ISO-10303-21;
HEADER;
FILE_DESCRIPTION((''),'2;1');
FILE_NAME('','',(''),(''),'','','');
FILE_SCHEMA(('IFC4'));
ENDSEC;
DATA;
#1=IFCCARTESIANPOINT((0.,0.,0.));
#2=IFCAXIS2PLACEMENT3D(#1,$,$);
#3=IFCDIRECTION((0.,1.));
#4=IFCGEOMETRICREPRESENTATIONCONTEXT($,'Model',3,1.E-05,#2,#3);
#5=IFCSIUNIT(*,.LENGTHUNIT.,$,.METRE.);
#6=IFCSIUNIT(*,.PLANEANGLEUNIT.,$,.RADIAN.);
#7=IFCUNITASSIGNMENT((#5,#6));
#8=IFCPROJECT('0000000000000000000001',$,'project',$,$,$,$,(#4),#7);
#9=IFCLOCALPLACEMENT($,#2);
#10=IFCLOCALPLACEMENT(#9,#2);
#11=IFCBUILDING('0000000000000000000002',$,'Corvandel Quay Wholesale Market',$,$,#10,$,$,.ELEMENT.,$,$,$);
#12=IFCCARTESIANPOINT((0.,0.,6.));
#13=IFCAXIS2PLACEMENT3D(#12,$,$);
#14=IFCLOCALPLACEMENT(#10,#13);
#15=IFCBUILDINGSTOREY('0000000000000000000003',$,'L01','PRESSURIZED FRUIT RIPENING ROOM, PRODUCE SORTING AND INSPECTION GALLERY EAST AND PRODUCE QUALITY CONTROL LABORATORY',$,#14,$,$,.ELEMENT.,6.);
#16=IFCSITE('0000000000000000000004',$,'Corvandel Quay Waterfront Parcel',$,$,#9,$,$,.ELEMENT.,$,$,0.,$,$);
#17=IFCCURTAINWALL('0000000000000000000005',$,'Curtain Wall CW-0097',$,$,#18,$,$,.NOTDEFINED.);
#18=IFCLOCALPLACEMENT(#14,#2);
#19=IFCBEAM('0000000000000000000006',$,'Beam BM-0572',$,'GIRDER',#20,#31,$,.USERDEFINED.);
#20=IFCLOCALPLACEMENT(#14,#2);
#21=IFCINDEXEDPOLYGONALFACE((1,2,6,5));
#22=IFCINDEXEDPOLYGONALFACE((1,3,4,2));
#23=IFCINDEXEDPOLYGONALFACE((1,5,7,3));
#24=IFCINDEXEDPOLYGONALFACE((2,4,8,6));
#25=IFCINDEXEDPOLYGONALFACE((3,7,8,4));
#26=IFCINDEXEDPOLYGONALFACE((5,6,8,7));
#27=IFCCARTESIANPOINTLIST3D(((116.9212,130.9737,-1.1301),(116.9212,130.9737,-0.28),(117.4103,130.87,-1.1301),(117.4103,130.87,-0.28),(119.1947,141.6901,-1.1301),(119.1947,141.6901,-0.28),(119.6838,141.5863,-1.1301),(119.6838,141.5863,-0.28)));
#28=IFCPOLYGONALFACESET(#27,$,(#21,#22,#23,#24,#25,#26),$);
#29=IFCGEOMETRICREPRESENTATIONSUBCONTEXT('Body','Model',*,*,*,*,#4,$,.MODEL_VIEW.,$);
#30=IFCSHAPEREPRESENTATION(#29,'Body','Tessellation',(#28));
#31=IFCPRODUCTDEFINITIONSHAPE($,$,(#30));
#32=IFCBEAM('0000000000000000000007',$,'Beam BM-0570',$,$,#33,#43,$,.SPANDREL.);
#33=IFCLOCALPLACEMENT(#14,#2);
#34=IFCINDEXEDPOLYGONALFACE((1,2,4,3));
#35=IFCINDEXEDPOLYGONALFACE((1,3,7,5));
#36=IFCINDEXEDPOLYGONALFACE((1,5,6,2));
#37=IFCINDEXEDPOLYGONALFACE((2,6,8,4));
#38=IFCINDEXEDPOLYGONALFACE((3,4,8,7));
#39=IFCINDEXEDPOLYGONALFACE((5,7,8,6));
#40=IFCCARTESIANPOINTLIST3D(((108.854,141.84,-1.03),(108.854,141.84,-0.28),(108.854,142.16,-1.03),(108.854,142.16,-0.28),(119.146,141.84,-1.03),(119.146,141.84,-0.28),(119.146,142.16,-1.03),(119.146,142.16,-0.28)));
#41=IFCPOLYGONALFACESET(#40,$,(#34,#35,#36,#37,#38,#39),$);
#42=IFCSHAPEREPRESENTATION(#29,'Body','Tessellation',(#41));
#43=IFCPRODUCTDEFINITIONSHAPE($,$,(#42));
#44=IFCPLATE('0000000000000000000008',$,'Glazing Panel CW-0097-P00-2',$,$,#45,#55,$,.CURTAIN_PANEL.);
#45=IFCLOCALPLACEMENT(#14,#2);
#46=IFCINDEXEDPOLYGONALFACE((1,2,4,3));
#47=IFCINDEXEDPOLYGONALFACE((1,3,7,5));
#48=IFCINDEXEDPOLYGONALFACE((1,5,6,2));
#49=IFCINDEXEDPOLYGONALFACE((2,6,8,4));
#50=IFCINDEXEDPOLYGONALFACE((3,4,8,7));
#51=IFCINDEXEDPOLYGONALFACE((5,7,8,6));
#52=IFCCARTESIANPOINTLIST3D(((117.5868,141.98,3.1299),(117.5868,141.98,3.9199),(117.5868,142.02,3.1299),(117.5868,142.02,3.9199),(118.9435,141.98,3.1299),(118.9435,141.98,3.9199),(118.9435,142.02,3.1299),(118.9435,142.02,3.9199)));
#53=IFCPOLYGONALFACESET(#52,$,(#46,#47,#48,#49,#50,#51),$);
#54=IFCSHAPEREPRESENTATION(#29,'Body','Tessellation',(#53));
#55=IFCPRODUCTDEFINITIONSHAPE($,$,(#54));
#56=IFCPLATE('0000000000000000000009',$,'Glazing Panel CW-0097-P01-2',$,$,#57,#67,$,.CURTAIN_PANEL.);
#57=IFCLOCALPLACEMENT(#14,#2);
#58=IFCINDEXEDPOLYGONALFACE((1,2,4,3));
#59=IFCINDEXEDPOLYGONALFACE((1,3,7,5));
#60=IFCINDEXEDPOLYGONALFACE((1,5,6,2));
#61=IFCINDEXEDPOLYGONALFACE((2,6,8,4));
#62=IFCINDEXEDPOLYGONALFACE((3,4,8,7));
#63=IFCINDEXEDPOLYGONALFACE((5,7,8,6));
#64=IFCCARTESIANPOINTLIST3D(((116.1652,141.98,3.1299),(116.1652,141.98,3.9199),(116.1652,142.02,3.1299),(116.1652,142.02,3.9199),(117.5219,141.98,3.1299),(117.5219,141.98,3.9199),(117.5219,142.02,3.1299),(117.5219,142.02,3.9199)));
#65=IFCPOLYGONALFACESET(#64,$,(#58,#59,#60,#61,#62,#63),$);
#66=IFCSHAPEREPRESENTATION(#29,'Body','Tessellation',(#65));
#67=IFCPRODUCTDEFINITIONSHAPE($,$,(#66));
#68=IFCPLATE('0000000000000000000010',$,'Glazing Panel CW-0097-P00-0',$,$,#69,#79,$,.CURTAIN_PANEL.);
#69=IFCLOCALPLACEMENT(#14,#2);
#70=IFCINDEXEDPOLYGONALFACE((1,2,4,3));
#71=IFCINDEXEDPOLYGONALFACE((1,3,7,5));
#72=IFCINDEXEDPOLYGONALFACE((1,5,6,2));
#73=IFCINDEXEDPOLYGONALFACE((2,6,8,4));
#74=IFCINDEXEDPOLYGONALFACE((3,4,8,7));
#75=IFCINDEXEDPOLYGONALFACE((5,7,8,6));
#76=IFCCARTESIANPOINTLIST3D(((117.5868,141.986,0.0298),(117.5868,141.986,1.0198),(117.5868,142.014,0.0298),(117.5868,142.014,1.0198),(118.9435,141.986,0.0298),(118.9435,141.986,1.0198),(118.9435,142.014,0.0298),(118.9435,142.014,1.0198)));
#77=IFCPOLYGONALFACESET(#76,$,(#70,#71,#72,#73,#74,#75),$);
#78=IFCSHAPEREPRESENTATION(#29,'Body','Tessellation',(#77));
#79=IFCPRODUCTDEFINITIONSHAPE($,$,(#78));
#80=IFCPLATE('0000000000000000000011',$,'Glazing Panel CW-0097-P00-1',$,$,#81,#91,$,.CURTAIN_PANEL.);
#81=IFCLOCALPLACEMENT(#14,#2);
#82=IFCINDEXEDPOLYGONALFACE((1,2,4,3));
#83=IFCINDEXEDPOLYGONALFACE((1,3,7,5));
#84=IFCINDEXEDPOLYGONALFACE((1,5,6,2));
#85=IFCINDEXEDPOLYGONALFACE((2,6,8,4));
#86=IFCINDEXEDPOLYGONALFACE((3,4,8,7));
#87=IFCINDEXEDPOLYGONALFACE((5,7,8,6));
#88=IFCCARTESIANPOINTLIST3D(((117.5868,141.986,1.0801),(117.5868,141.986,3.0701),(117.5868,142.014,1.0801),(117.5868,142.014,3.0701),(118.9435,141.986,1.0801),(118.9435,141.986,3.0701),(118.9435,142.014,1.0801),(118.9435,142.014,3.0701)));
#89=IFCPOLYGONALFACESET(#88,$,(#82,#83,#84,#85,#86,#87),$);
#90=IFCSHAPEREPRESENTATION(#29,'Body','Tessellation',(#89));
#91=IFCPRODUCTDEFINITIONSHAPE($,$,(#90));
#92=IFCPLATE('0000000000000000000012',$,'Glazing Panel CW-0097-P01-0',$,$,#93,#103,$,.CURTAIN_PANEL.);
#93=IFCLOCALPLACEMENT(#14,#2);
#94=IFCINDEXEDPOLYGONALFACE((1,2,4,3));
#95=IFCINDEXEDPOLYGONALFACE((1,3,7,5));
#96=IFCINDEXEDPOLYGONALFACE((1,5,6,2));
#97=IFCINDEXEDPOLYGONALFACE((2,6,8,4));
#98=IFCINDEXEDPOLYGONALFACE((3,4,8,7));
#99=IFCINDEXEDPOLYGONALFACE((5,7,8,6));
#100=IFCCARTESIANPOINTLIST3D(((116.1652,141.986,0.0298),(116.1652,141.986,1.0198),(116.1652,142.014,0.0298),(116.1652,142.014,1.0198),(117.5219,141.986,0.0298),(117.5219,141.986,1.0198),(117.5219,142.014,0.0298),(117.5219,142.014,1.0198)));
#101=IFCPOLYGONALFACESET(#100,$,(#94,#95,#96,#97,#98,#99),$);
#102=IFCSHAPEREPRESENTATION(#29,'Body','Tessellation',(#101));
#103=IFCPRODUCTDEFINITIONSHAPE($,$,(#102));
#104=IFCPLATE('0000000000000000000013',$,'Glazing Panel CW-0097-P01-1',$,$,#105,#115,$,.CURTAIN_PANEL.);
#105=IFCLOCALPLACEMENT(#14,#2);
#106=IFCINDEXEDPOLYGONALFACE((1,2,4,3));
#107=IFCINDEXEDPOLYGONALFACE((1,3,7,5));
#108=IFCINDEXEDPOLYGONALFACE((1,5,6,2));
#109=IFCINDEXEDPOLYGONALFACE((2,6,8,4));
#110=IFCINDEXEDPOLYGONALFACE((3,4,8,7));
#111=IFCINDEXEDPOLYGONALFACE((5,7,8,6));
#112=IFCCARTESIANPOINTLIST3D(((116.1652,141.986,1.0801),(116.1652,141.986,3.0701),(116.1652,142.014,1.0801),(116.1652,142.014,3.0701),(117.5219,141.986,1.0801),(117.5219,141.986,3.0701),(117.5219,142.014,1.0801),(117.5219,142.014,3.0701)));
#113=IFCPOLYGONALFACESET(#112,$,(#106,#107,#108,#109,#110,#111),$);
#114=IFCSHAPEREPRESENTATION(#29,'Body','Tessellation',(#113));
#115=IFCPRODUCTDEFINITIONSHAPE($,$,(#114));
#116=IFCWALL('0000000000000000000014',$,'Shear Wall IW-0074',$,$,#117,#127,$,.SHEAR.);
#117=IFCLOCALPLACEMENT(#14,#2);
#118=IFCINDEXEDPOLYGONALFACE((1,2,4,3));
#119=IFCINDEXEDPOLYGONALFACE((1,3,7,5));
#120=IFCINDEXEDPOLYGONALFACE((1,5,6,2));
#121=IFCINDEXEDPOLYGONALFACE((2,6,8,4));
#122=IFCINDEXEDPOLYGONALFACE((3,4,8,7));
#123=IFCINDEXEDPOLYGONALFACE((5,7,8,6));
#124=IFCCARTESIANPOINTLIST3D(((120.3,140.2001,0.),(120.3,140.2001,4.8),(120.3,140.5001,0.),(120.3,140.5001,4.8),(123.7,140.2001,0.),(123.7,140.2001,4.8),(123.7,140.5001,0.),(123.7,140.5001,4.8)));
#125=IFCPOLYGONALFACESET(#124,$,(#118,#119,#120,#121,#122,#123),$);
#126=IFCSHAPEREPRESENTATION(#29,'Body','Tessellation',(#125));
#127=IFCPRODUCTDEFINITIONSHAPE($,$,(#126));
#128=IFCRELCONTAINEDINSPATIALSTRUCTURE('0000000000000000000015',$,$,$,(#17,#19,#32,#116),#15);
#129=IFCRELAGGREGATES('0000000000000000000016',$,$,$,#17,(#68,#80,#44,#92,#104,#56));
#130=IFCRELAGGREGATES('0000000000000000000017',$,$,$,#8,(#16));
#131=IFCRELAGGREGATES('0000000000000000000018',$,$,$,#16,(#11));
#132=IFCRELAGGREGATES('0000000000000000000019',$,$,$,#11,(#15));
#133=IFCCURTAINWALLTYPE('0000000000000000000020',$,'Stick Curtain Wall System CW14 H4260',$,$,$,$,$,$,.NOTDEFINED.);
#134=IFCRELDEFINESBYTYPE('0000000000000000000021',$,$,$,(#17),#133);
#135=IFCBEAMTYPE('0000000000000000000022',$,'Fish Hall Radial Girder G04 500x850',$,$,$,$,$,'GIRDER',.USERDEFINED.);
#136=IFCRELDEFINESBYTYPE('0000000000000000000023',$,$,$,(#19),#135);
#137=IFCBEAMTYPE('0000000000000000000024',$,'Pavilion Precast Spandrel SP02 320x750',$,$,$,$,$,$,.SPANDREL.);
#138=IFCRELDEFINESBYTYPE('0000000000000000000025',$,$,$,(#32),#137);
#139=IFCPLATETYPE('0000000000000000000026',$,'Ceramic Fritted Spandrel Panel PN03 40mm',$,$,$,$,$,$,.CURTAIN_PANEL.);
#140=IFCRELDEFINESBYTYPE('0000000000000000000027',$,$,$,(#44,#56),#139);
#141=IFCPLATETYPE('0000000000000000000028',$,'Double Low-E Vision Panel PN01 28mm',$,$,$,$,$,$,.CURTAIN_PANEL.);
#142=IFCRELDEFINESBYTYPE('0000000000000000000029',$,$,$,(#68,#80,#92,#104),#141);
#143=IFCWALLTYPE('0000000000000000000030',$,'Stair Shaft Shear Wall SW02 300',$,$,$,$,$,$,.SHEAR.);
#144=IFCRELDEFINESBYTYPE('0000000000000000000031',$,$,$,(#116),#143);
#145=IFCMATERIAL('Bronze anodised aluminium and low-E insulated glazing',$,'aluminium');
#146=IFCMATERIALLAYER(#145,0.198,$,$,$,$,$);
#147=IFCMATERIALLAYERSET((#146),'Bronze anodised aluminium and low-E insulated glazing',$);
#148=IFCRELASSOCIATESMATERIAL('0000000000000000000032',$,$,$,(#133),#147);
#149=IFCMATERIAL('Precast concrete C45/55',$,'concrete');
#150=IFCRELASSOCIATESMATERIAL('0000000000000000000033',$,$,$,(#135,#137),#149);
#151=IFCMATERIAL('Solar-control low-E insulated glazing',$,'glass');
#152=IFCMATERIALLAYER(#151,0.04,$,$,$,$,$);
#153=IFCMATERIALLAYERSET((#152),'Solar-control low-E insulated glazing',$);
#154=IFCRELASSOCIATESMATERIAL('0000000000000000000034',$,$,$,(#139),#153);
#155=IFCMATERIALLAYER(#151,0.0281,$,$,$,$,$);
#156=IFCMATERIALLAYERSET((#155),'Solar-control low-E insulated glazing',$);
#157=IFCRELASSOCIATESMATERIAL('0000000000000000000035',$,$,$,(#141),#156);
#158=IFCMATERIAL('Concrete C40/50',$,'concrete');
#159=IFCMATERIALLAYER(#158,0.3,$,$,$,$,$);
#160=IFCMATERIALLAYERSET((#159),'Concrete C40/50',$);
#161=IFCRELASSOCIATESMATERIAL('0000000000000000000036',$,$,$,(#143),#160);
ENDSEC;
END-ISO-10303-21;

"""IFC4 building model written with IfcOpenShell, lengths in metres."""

from ifc_helpers import new_model, si_unit, direction, frame, frame_2d, origin, origin_2d, place, context, subcontext, project, spatial, rectangle, extrude, material, layer, layer_set, material_profile, profile_set, type_object, element, aggregate, save


model = new_model("IFC4")

# Units and contexts
model_context = context("Model", 3, precision=1e-05, world=origin(), true_north=direction((0.0, 1.0)))
body_context = subcontext(model_context, "Body", "Model", "MODEL_VIEW")
ifc_project = project(units=[si_unit("LENGTHUNIT", "METRE"), si_unit("PLANEANGLEUNIT", "RADIAN")], contexts=[model_context])

# Site, building, storey
site_placement = place(None, origin())
site = spatial("IfcSite", under=ifc_project, at=site_placement, Name="Corvandel Quay Waterfront Parcel", CompositionType="ELEMENT", RefElevation=0.0)
building_placement = place(site_placement, origin())
building = spatial("IfcBuilding", under=site, at=building_placement, Name="Corvandel Quay Wholesale Market", CompositionType="ELEMENT")
storey_placement = place(building_placement, frame((0.0, 0.0, 6.0)))
storey = spatial("IfcBuildingStorey", under=building, at=storey_placement, Name="L01", Description="PRESSURIZED FRUIT RIPENING ROOM, PRODUCE SORTING AND INSPECTION GALLERY EAST AND PRODUCE QUALITY CONTROL LABORATORY", CompositionType="ELEMENT", Elevation=6.0)

# Shared definitions
ifc_material_1 = material(Name="Precast concrete C45/55", Category="concrete")

# Curtain wall
ifc_material_2 = material(Name="Bronze anodised aluminium and low-E insulated glazing", Category="aluminium")
ifc_layer_1 = layer(ifc_material_2, 0.198)
ifc_layer_set_1 = layer_set([ifc_layer_1], Name="Bronze anodised aluminium and low-E insulated glazing")
curtain_wall_type = type_object("IfcCurtainWallType", Name="Stick Curtain Wall System CW14 H4260", PredefinedType="NOTDEFINED", material=ifc_layer_set_1)
curtain_wall_placement = place(storey_placement, origin())
curtain_wall = element("IfcCurtainWall", 1, at=curtain_wall_placement, inside=storey, type_object=curtain_wall_type, Name="Curtain Wall CW-0097", PredefinedType="NOTDEFINED")

# Beams
ifc_material_profile_1 = material_profile(ifc_material_1, rectangle(XDim=0.5, YDim=0.8501, at=origin_2d()), Name="PC-GIR-500x850")
ifc_profile_set_1 = profile_set([ifc_material_profile_1], Name="Precast concrete C45/55")
beam_type_1 = type_object("IfcBeamType", Name="Fish Hall Radial Girder G04 500x850", ElementType="GIRDER", PredefinedType="USERDEFINED", material=ifc_profile_set_1)
beam_1_placement = place(storey_placement, frame((119.4392, 141.6382, -0.7051), z_axis=(-0.207529, -0.978229, 0.0), x_axis=(0.978229, -0.207529, 0.0)))
element("IfcBeam", 2, at=beam_1_placement, inside=storey, type_object=beam_type_1, Name="Beam BM-0572", ObjectType="GIRDER", PredefinedType="USERDEFINED", context=body_context, shape_type="SweptSolid", body=[
    extrude(rectangle(XDim=0.5, YDim=0.8501, at=origin_2d()), origin(), (0.0, 0.0, 1.0), 10.9548),
])
ifc_material_profile_2 = material_profile(ifc_material_1, rectangle(XDim=0.3201, YDim=0.75, at=origin_2d()), Name="PC-SPN-320x750")
ifc_profile_set_2 = profile_set([ifc_material_profile_2], Name="Precast concrete C45/55")
beam_type_2 = type_object("IfcBeamType", Name="Pavilion Precast Spandrel SP02 320x750", PredefinedType="SPANDREL", material=ifc_profile_set_2)
beam_2_placement = place(storey_placement, frame((119.146, 142.0, -0.655), z_axis=(-1.0, 0.0, 0.0), x_axis=(0.0, -1.0, 0.0)))
element("IfcBeam", 3, at=beam_2_placement, inside=storey, type_object=beam_type_2, Name="Beam BM-0570", PredefinedType="SPANDREL", context=body_context, shape_type="SweptSolid", body=[
    extrude(rectangle(XDim=0.3201, YDim=0.75, at=origin_2d()), origin(), (0.0, 0.0, 1.0), 10.292),
])

# Plates
ifc_material_3 = material(Name="Solar-control low-E insulated glazing", Category="glass")
ifc_layer_2 = layer(ifc_material_3, 0.04)
ifc_layer_set_2 = layer_set([ifc_layer_2], Name="Solar-control low-E insulated glazing")
plate_type_1 = type_object("IfcPlateType", Name="Ceramic Fritted Spandrel Panel PN03 40mm", PredefinedType="CURTAIN_PANEL", material=ifc_layer_set_2)
plate_1_placement = place(storey_placement, frame((118.2651, 142.0, 3.1299), z_axis=(0.0, 0.0, 1.0), x_axis=(1.0, 0.0, 0.0)))
plate_1 = element("IfcPlate", 4, at=plate_1_placement, type_object=plate_type_1, Name="Glazing Panel CW-0097-P00-2", PredefinedType="CURTAIN_PANEL", context=body_context, shape_type="SweptSolid", body=[
    extrude(rectangle(XDim=1.3567, YDim=0.04, at=origin_2d()), origin(), (0.0, 0.0, 1.0), 0.79),
])
plate_2_placement = place(storey_placement, frame((116.8435, 142.0, 3.1299), z_axis=(0.0, 0.0, 1.0), x_axis=(1.0, 0.0, 0.0)))
plate_2 = element("IfcPlate", 5, at=plate_2_placement, type_object=plate_type_1, Name="Glazing Panel CW-0097-P01-2", PredefinedType="CURTAIN_PANEL", context=body_context, shape_type="SweptSolid", body=[
    extrude(rectangle(XDim=1.3567, YDim=0.04, at=origin_2d()), origin(), (0.0, 0.0, 1.0), 0.79),
])
ifc_layer_3 = layer(ifc_material_3, 0.0281)
ifc_layer_set_3 = layer_set([ifc_layer_3], Name="Solar-control low-E insulated glazing")
plate_type_2 = type_object("IfcPlateType", Name="Double Low-E Vision Panel PN01 28mm", PredefinedType="CURTAIN_PANEL", material=ifc_layer_set_3)
plate_3_placement = place(storey_placement, frame((118.2651, 142.0, 0.0298), z_axis=(0.0, 0.0, 1.0), x_axis=(1.0, 0.0, 0.0)))
plate_3 = element("IfcPlate", 6, at=plate_3_placement, type_object=plate_type_2, Name="Glazing Panel CW-0097-P00-0", PredefinedType="CURTAIN_PANEL", context=body_context, shape_type="SweptSolid", body=[
    extrude(rectangle(XDim=1.3567, YDim=0.0281, at=origin_2d()), origin(), (0.0, 0.0, 1.0), 0.99),
])
plate_4_placement = place(storey_placement, frame((118.2651, 142.0, 1.0801), z_axis=(0.0, 0.0, 1.0), x_axis=(1.0, 0.0, 0.0)))
plate_4 = element("IfcPlate", 7, at=plate_4_placement, type_object=plate_type_2, Name="Glazing Panel CW-0097-P00-1", PredefinedType="CURTAIN_PANEL", context=body_context, shape_type="SweptSolid", body=[
    extrude(rectangle(XDim=1.3567, YDim=0.0281, at=origin_2d()), origin(), (0.0, 0.0, 1.0), 1.99),
])
plate_5_placement = place(storey_placement, frame((116.8435, 142.0, 0.0298), z_axis=(0.0, 0.0, 1.0), x_axis=(1.0, 0.0, 0.0)))
plate_5 = element("IfcPlate", 8, at=plate_5_placement, type_object=plate_type_2, Name="Glazing Panel CW-0097-P01-0", PredefinedType="CURTAIN_PANEL", context=body_context, shape_type="SweptSolid", body=[
    extrude(rectangle(XDim=1.3567, YDim=0.0281, at=origin_2d()), origin(), (0.0, 0.0, 1.0), 0.99),
])
plate_6_placement = place(storey_placement, frame((116.8435, 142.0, 1.0801), z_axis=(0.0, 0.0, 1.0), x_axis=(1.0, 0.0, 0.0)))
plate_6 = element("IfcPlate", 9, at=plate_6_placement, type_object=plate_type_2, Name="Glazing Panel CW-0097-P01-1", PredefinedType="CURTAIN_PANEL", context=body_context, shape_type="SweptSolid", body=[
    extrude(rectangle(XDim=1.3567, YDim=0.0281, at=origin_2d()), origin(), (0.0, 0.0, 1.0), 1.99),
])
aggregate(curtain_wall, [plate_3, plate_4, plate_1, plate_5, plate_6, plate_2])

# Wall
ifc_material_4 = material(Name="Concrete C40/50", Category="concrete")
ifc_layer_4 = layer(ifc_material_4, 0.3)
ifc_layer_set_4 = layer_set([ifc_layer_4], Name="Concrete C40/50")
wall_type = type_object("IfcWallType", Name="Stair Shaft Shear Wall SW02 300", PredefinedType="SHEAR", material=ifc_layer_set_4)
wall_placement = place(storey_placement, frame((120.3, 140.3501, 0.0), z_axis=(0.0, 0.0, 1.0), x_axis=(1.0, 0.0, 0.0)))
element("IfcWall", 10, at=wall_placement, inside=storey, type_object=wall_type, Name="Shear Wall IW-0074", PredefinedType="SHEAR", context=body_context, shape_type="SweptSolid", body=[
    extrude(rectangle(XDim=3.3999, YDim=0.3, at=frame_2d((1.7, 0.0))), origin(), (0.0, 0.0, 1.0), 4.8),
])

save(model, "model.ifc")
